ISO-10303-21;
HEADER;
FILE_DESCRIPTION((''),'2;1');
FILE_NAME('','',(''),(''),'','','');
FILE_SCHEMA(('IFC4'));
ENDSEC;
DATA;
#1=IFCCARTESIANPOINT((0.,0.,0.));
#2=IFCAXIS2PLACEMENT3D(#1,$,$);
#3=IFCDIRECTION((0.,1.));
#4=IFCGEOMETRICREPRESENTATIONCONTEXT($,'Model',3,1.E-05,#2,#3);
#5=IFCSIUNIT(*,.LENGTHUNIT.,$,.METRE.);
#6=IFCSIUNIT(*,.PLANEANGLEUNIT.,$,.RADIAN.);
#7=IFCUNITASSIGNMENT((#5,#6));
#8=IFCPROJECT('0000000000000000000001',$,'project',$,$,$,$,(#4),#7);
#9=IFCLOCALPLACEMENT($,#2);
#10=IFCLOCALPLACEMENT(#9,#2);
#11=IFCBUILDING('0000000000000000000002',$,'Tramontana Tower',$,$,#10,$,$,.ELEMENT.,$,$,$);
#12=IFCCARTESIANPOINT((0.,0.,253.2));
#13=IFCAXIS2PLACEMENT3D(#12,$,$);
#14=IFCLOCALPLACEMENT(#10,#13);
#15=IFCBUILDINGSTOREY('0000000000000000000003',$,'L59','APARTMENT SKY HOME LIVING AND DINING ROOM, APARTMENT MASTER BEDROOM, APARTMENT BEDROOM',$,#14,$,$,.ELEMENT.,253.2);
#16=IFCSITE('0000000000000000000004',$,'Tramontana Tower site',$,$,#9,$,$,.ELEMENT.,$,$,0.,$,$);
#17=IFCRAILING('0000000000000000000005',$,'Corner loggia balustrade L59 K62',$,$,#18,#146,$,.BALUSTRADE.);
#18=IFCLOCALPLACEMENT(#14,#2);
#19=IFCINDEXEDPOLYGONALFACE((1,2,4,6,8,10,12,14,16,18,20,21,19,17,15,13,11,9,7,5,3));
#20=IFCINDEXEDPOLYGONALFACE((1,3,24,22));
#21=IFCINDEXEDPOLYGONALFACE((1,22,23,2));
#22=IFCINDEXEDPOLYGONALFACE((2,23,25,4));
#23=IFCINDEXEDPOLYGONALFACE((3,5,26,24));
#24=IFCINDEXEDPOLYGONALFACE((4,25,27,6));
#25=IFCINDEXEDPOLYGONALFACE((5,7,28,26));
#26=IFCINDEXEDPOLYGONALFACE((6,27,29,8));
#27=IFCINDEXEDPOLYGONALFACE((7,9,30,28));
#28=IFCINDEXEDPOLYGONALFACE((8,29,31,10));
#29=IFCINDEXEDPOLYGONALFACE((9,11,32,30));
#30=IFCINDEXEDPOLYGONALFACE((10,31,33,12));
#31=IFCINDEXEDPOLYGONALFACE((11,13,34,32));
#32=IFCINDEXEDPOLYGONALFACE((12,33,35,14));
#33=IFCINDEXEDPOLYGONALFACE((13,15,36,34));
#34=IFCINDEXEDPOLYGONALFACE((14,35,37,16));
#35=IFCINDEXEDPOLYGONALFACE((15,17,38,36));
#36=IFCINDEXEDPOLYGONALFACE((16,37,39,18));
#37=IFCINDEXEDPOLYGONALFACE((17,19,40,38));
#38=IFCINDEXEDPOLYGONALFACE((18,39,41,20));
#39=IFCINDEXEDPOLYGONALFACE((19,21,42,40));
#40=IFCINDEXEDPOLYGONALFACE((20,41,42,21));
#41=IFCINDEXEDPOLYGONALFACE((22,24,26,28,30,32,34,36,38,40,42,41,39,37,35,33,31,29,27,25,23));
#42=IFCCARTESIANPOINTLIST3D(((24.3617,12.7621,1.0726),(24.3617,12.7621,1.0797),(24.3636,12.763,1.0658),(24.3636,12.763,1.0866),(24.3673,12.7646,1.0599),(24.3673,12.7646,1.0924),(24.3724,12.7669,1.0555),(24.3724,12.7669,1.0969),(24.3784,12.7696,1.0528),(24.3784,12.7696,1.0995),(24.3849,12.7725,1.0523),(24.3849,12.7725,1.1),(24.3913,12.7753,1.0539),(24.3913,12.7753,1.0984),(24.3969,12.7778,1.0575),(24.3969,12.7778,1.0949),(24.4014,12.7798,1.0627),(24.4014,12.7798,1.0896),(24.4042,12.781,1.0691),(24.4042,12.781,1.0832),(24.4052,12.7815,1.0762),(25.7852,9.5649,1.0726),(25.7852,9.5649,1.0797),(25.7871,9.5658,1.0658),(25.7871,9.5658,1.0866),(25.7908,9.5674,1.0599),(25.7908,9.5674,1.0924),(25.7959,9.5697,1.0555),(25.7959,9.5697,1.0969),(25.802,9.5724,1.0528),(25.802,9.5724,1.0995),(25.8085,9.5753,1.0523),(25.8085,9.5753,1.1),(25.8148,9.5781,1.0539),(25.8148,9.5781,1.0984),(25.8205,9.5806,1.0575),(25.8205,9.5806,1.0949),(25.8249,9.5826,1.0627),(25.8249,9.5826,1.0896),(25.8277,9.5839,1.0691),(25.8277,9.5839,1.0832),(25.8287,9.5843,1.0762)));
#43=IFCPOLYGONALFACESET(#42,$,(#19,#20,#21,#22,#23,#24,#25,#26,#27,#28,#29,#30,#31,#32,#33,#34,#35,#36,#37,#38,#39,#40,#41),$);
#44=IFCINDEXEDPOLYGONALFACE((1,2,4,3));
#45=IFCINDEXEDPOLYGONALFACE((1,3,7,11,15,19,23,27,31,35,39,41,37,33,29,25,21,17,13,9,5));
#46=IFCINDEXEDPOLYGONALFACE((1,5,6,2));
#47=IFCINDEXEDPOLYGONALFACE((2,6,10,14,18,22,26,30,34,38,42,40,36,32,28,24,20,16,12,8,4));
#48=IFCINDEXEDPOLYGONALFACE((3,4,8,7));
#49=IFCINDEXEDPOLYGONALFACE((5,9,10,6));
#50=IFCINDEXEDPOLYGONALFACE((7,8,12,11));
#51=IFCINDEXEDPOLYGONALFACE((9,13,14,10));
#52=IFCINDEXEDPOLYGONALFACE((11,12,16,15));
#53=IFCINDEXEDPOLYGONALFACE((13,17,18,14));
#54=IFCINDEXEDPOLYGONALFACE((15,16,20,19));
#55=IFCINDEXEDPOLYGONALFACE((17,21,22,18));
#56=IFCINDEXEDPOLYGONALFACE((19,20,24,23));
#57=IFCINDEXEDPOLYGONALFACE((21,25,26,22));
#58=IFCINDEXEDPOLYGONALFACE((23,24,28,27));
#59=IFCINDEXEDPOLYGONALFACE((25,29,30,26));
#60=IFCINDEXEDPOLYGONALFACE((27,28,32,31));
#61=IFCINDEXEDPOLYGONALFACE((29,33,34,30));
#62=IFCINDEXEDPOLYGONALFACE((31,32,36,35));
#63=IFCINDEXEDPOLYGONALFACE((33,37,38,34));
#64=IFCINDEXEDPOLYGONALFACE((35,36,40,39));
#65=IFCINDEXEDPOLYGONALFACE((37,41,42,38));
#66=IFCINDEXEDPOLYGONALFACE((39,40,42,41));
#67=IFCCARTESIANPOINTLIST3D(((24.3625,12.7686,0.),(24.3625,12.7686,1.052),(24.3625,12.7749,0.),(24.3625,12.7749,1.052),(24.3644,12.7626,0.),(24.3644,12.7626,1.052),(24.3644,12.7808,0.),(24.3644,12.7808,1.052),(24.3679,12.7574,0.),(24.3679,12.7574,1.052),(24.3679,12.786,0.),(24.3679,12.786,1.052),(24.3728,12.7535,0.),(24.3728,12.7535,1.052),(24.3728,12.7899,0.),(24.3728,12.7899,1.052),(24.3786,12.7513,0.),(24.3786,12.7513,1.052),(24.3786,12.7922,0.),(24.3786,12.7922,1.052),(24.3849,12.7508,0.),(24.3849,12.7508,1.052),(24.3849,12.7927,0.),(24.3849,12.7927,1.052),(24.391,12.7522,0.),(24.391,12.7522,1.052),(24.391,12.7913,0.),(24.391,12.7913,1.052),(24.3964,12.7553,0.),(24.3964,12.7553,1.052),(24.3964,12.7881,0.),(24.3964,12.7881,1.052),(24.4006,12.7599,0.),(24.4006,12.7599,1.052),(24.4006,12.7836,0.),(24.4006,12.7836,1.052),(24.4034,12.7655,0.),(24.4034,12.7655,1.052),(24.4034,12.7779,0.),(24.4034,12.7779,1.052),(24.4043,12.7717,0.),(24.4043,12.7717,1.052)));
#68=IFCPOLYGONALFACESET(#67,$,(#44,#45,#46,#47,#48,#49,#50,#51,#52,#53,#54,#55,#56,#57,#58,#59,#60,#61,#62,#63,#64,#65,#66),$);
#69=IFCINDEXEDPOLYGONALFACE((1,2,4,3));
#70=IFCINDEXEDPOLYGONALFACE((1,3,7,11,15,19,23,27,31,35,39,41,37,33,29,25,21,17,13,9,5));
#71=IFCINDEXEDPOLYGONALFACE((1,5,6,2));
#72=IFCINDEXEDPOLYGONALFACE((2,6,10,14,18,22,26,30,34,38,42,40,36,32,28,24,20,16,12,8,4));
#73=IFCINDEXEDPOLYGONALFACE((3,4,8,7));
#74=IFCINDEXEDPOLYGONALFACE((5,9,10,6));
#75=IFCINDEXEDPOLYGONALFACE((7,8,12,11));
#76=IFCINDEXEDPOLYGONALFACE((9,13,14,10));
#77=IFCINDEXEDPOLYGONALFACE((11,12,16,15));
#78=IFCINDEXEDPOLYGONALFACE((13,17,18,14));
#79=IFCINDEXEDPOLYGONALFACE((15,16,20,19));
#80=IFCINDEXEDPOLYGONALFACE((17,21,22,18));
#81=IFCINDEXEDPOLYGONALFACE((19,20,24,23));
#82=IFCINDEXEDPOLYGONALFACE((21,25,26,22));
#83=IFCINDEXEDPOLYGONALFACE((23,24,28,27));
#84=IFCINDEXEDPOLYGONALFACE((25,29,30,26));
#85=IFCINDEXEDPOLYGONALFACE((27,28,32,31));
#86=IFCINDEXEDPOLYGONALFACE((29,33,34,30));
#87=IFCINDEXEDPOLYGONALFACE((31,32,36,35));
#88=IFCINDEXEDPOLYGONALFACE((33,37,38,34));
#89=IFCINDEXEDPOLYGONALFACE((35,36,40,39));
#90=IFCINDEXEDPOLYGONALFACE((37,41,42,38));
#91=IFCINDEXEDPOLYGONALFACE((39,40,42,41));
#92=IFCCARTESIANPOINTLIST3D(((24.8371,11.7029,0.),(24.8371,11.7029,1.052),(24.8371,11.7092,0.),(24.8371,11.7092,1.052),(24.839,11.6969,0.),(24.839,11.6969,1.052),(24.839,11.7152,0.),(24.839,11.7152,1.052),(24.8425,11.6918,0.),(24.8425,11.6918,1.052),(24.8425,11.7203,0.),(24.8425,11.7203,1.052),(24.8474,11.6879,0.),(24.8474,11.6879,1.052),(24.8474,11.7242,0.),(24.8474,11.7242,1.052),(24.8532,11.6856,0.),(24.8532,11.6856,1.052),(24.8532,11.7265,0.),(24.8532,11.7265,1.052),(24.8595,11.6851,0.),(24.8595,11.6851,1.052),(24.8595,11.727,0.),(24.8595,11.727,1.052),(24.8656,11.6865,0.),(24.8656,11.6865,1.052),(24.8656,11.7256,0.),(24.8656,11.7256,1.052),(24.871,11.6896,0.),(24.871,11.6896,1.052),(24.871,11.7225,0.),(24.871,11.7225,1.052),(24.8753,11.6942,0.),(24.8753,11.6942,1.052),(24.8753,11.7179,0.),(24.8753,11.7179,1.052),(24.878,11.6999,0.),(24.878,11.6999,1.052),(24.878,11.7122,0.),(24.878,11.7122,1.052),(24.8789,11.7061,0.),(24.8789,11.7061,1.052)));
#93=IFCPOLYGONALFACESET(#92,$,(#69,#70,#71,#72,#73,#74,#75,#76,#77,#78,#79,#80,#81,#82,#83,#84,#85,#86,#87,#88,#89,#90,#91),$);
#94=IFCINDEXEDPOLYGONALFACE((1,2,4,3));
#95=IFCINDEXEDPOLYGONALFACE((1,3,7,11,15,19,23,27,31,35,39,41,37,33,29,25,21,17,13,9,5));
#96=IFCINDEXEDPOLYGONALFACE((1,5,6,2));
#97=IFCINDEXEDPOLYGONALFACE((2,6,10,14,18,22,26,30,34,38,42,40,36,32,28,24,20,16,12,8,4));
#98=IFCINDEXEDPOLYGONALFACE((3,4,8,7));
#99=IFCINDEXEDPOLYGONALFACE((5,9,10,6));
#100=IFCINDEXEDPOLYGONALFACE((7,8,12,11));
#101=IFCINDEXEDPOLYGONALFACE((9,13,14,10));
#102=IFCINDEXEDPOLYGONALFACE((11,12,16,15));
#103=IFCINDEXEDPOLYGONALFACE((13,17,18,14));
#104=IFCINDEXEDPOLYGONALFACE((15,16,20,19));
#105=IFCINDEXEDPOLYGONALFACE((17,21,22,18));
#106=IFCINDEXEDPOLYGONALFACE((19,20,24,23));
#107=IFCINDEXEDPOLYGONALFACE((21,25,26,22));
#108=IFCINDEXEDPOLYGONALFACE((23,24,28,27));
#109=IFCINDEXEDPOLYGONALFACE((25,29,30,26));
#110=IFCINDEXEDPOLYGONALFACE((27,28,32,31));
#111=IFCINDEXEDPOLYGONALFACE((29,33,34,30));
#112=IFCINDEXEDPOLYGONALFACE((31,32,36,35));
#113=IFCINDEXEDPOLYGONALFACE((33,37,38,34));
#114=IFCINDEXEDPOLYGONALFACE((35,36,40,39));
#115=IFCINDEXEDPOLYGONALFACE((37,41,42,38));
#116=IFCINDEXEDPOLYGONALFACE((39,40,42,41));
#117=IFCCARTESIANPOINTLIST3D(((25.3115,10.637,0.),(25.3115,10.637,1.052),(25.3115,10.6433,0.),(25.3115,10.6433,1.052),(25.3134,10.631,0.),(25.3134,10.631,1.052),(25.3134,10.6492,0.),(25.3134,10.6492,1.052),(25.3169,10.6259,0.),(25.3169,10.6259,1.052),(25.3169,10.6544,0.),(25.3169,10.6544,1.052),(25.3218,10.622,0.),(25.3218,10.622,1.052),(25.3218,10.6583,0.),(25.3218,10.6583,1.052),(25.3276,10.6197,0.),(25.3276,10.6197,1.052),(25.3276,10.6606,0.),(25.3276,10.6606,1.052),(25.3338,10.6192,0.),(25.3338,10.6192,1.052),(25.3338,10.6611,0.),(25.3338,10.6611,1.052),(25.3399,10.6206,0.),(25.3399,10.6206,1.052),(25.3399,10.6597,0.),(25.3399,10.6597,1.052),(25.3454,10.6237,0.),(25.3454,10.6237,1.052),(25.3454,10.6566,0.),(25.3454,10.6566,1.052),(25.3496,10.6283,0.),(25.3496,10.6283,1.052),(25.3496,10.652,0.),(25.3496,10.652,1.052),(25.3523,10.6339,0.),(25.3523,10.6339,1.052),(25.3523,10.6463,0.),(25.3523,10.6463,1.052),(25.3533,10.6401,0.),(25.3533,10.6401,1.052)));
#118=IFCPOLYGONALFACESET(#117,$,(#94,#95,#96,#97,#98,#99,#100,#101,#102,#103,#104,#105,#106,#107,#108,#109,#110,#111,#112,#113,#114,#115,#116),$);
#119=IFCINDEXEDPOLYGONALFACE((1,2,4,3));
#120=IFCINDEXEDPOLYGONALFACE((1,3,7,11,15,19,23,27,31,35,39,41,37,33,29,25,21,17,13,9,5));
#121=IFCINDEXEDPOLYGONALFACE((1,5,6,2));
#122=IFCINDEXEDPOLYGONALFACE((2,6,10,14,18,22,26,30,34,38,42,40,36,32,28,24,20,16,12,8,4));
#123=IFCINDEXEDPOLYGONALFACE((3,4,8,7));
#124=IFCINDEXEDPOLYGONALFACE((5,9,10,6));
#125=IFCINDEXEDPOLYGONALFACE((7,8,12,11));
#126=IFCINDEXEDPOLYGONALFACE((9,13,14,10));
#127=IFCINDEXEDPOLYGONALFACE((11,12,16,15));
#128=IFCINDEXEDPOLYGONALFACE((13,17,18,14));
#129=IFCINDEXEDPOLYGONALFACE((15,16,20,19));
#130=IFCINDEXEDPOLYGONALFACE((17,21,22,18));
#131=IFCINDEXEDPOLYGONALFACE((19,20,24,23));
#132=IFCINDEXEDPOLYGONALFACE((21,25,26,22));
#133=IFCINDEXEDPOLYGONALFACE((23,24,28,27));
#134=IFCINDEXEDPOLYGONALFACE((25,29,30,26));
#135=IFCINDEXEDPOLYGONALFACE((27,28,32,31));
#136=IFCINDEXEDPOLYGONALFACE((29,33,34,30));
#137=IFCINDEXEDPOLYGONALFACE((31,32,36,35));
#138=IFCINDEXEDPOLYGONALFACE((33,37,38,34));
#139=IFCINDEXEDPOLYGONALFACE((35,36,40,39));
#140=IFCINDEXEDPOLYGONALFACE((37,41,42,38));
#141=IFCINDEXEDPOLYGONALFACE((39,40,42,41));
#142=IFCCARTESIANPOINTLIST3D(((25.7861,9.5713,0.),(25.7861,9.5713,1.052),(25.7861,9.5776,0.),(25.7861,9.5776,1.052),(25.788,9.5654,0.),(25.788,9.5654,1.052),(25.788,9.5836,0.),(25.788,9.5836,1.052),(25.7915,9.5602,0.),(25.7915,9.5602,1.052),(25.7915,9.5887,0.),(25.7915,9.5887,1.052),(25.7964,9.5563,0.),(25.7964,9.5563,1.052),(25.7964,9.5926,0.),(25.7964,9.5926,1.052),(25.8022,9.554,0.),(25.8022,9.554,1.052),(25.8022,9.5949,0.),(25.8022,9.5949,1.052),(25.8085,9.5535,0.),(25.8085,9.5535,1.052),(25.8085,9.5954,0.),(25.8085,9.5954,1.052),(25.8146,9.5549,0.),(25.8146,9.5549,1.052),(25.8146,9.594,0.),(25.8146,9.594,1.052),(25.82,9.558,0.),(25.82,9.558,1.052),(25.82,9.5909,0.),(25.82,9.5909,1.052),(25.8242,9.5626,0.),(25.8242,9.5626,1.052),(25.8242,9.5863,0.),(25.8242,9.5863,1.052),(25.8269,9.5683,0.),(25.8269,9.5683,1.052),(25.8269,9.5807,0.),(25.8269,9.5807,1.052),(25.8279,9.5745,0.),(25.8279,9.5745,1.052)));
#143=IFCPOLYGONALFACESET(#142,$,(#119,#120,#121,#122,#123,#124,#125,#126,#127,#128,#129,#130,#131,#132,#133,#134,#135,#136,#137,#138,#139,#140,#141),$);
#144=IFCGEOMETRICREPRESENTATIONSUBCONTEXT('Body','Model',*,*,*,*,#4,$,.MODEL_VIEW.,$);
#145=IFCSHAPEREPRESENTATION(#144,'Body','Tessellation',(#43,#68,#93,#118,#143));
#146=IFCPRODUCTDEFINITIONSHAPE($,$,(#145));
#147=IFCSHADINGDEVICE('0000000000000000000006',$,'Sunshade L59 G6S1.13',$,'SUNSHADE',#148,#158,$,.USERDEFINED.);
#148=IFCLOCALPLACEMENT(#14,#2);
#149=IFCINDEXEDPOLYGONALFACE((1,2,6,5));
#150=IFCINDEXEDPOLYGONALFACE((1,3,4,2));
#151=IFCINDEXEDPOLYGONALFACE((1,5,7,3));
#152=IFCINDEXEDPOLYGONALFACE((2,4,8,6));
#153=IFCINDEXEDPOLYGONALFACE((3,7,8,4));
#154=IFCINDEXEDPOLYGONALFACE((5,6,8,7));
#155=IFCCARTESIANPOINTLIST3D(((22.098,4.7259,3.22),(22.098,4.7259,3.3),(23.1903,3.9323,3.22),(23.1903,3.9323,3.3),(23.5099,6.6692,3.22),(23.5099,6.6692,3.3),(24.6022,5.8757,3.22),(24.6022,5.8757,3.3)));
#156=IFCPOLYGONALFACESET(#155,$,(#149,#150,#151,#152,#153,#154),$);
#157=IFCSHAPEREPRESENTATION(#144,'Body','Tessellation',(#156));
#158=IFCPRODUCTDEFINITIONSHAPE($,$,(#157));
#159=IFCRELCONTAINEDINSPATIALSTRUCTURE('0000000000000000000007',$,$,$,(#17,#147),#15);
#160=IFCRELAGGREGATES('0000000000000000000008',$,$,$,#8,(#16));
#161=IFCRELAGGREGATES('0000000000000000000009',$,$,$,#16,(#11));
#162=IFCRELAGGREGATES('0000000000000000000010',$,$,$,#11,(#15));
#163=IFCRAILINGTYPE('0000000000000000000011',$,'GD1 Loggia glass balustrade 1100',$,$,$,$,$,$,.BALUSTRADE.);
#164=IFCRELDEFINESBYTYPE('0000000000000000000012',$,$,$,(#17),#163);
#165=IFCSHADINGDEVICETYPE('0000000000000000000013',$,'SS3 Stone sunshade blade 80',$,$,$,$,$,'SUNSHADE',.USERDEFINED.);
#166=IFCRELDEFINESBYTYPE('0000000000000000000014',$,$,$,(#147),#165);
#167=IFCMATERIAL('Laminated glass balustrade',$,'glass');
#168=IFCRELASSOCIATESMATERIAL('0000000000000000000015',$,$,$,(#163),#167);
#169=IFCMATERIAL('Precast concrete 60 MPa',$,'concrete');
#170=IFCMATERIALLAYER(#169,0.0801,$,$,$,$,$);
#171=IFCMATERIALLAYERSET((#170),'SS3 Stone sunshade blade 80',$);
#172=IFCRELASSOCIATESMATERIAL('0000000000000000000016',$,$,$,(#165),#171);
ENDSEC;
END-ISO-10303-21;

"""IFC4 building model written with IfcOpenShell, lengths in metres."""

from ifc_helpers import new_model, si_unit, direction, frame, origin, origin_2d, place, context, subcontext, project, spatial, rectangle, circle, extrude, material, layer, layer_set, type_object, element, save


model = new_model("IFC4")

# Units and contexts
model_context = context("Model", 3, precision=1e-05, world=origin(), true_north=direction((0.0, 1.0)))
body_context = subcontext(model_context, "Body", "Model", "MODEL_VIEW")
ifc_project = project(units=[si_unit("LENGTHUNIT", "METRE"), si_unit("PLANEANGLEUNIT", "RADIAN")], contexts=[model_context])

# Site, building, storey
site_placement = place(None, origin())
site = spatial("IfcSite", under=ifc_project, at=site_placement, Name="Tramontana Tower site", CompositionType="ELEMENT", RefElevation=0.0)
building_placement = place(site_placement, origin())
building = spatial("IfcBuilding", under=site, at=building_placement, Name="Tramontana Tower", CompositionType="ELEMENT")
storey_placement = place(building_placement, frame((0.0, 0.0, 253.2)))
storey = spatial("IfcBuildingStorey", under=building, at=storey_placement, Name="L59", Description="APARTMENT SKY HOME LIVING AND DINING ROOM, APARTMENT MASTER BEDROOM, APARTMENT BEDROOM", CompositionType="ELEMENT", Elevation=253.2)

# Railing
ifc_material_1 = material(Name="Laminated glass balustrade", Category="glass")
railing_type = type_object("IfcRailingType", Name="GD1 Loggia glass balustrade 1100", PredefinedType="BALUSTRADE", material=ifc_material_1)
railing_1_placement = place(storey_placement, frame((24.3833, 12.7717, 0.0)))
element("IfcRailing", 1, at=railing_1_placement, inside=storey, type_object=railing_type, Name="Corner loggia balustrade L59 K62", PredefinedType="BALUSTRADE", context=body_context, shape_type="SweptSolid", body=[
    extrude(circle(Radius=0.0239, at=origin_2d()), frame((0.0, 0.0, 1.0762), z_axis=(0.406753, -0.913538, 0.0), x_axis=(0.913538, 0.406753, 0.0)), (0.0, 0.0, 1.0), 3.4998),
    extrude(circle(Radius=0.021, at=origin_2d()), origin(), (0.0, 0.0, 1.0), 1.052),
    extrude(circle(Radius=0.021, at=origin_2d()), frame((0.4746, -1.0657, 0.0)), (0.0, 0.0, 1.0), 1.052),
    extrude(circle(Radius=0.021, at=origin_2d()), frame((0.949, -2.1316, 0.0)), (0.0, 0.0, 1.0), 1.052),
    extrude(circle(Radius=0.021, at=origin_2d()), frame((1.4236, -3.1973, 0.0)), (0.0, 0.0, 1.0), 1.052),
])

# Shading device
ifc_material_2 = material(Name="Precast concrete 60 MPa", Category="concrete")
ifc_layer_1 = layer(ifc_material_2, 0.0801)
ifc_layer_set_1 = layer_set([ifc_layer_1], Name="SS3 Stone sunshade blade 80")
shading_device_type = type_object("IfcShadingDeviceType", Name="SS3 Stone sunshade blade 80", ElementType="SUNSHADE", PredefinedType="USERDEFINED", material=ifc_layer_set_1)
shading_device_placement = place(storey_placement, frame((23.3501, 5.3008, 3.22), z_axis=(0.0, 0.0, 1.0), x_axis=(0.587785, 0.809017, 0.0)))
element("IfcShadingDevice", 2, at=shading_device_placement, inside=storey, type_object=shading_device_type, Name="Sunshade L59 G6S1.13", ObjectType="SUNSHADE", PredefinedType="USERDEFINED", context=body_context, shape_type="SweptSolid", body=[
    extrude(rectangle(XDim=2.4021, YDim=1.3501, at=origin_2d()), origin(), (0.0, 0.0, 1.0), 0.0801),
])

save(model, "model.ifc")
